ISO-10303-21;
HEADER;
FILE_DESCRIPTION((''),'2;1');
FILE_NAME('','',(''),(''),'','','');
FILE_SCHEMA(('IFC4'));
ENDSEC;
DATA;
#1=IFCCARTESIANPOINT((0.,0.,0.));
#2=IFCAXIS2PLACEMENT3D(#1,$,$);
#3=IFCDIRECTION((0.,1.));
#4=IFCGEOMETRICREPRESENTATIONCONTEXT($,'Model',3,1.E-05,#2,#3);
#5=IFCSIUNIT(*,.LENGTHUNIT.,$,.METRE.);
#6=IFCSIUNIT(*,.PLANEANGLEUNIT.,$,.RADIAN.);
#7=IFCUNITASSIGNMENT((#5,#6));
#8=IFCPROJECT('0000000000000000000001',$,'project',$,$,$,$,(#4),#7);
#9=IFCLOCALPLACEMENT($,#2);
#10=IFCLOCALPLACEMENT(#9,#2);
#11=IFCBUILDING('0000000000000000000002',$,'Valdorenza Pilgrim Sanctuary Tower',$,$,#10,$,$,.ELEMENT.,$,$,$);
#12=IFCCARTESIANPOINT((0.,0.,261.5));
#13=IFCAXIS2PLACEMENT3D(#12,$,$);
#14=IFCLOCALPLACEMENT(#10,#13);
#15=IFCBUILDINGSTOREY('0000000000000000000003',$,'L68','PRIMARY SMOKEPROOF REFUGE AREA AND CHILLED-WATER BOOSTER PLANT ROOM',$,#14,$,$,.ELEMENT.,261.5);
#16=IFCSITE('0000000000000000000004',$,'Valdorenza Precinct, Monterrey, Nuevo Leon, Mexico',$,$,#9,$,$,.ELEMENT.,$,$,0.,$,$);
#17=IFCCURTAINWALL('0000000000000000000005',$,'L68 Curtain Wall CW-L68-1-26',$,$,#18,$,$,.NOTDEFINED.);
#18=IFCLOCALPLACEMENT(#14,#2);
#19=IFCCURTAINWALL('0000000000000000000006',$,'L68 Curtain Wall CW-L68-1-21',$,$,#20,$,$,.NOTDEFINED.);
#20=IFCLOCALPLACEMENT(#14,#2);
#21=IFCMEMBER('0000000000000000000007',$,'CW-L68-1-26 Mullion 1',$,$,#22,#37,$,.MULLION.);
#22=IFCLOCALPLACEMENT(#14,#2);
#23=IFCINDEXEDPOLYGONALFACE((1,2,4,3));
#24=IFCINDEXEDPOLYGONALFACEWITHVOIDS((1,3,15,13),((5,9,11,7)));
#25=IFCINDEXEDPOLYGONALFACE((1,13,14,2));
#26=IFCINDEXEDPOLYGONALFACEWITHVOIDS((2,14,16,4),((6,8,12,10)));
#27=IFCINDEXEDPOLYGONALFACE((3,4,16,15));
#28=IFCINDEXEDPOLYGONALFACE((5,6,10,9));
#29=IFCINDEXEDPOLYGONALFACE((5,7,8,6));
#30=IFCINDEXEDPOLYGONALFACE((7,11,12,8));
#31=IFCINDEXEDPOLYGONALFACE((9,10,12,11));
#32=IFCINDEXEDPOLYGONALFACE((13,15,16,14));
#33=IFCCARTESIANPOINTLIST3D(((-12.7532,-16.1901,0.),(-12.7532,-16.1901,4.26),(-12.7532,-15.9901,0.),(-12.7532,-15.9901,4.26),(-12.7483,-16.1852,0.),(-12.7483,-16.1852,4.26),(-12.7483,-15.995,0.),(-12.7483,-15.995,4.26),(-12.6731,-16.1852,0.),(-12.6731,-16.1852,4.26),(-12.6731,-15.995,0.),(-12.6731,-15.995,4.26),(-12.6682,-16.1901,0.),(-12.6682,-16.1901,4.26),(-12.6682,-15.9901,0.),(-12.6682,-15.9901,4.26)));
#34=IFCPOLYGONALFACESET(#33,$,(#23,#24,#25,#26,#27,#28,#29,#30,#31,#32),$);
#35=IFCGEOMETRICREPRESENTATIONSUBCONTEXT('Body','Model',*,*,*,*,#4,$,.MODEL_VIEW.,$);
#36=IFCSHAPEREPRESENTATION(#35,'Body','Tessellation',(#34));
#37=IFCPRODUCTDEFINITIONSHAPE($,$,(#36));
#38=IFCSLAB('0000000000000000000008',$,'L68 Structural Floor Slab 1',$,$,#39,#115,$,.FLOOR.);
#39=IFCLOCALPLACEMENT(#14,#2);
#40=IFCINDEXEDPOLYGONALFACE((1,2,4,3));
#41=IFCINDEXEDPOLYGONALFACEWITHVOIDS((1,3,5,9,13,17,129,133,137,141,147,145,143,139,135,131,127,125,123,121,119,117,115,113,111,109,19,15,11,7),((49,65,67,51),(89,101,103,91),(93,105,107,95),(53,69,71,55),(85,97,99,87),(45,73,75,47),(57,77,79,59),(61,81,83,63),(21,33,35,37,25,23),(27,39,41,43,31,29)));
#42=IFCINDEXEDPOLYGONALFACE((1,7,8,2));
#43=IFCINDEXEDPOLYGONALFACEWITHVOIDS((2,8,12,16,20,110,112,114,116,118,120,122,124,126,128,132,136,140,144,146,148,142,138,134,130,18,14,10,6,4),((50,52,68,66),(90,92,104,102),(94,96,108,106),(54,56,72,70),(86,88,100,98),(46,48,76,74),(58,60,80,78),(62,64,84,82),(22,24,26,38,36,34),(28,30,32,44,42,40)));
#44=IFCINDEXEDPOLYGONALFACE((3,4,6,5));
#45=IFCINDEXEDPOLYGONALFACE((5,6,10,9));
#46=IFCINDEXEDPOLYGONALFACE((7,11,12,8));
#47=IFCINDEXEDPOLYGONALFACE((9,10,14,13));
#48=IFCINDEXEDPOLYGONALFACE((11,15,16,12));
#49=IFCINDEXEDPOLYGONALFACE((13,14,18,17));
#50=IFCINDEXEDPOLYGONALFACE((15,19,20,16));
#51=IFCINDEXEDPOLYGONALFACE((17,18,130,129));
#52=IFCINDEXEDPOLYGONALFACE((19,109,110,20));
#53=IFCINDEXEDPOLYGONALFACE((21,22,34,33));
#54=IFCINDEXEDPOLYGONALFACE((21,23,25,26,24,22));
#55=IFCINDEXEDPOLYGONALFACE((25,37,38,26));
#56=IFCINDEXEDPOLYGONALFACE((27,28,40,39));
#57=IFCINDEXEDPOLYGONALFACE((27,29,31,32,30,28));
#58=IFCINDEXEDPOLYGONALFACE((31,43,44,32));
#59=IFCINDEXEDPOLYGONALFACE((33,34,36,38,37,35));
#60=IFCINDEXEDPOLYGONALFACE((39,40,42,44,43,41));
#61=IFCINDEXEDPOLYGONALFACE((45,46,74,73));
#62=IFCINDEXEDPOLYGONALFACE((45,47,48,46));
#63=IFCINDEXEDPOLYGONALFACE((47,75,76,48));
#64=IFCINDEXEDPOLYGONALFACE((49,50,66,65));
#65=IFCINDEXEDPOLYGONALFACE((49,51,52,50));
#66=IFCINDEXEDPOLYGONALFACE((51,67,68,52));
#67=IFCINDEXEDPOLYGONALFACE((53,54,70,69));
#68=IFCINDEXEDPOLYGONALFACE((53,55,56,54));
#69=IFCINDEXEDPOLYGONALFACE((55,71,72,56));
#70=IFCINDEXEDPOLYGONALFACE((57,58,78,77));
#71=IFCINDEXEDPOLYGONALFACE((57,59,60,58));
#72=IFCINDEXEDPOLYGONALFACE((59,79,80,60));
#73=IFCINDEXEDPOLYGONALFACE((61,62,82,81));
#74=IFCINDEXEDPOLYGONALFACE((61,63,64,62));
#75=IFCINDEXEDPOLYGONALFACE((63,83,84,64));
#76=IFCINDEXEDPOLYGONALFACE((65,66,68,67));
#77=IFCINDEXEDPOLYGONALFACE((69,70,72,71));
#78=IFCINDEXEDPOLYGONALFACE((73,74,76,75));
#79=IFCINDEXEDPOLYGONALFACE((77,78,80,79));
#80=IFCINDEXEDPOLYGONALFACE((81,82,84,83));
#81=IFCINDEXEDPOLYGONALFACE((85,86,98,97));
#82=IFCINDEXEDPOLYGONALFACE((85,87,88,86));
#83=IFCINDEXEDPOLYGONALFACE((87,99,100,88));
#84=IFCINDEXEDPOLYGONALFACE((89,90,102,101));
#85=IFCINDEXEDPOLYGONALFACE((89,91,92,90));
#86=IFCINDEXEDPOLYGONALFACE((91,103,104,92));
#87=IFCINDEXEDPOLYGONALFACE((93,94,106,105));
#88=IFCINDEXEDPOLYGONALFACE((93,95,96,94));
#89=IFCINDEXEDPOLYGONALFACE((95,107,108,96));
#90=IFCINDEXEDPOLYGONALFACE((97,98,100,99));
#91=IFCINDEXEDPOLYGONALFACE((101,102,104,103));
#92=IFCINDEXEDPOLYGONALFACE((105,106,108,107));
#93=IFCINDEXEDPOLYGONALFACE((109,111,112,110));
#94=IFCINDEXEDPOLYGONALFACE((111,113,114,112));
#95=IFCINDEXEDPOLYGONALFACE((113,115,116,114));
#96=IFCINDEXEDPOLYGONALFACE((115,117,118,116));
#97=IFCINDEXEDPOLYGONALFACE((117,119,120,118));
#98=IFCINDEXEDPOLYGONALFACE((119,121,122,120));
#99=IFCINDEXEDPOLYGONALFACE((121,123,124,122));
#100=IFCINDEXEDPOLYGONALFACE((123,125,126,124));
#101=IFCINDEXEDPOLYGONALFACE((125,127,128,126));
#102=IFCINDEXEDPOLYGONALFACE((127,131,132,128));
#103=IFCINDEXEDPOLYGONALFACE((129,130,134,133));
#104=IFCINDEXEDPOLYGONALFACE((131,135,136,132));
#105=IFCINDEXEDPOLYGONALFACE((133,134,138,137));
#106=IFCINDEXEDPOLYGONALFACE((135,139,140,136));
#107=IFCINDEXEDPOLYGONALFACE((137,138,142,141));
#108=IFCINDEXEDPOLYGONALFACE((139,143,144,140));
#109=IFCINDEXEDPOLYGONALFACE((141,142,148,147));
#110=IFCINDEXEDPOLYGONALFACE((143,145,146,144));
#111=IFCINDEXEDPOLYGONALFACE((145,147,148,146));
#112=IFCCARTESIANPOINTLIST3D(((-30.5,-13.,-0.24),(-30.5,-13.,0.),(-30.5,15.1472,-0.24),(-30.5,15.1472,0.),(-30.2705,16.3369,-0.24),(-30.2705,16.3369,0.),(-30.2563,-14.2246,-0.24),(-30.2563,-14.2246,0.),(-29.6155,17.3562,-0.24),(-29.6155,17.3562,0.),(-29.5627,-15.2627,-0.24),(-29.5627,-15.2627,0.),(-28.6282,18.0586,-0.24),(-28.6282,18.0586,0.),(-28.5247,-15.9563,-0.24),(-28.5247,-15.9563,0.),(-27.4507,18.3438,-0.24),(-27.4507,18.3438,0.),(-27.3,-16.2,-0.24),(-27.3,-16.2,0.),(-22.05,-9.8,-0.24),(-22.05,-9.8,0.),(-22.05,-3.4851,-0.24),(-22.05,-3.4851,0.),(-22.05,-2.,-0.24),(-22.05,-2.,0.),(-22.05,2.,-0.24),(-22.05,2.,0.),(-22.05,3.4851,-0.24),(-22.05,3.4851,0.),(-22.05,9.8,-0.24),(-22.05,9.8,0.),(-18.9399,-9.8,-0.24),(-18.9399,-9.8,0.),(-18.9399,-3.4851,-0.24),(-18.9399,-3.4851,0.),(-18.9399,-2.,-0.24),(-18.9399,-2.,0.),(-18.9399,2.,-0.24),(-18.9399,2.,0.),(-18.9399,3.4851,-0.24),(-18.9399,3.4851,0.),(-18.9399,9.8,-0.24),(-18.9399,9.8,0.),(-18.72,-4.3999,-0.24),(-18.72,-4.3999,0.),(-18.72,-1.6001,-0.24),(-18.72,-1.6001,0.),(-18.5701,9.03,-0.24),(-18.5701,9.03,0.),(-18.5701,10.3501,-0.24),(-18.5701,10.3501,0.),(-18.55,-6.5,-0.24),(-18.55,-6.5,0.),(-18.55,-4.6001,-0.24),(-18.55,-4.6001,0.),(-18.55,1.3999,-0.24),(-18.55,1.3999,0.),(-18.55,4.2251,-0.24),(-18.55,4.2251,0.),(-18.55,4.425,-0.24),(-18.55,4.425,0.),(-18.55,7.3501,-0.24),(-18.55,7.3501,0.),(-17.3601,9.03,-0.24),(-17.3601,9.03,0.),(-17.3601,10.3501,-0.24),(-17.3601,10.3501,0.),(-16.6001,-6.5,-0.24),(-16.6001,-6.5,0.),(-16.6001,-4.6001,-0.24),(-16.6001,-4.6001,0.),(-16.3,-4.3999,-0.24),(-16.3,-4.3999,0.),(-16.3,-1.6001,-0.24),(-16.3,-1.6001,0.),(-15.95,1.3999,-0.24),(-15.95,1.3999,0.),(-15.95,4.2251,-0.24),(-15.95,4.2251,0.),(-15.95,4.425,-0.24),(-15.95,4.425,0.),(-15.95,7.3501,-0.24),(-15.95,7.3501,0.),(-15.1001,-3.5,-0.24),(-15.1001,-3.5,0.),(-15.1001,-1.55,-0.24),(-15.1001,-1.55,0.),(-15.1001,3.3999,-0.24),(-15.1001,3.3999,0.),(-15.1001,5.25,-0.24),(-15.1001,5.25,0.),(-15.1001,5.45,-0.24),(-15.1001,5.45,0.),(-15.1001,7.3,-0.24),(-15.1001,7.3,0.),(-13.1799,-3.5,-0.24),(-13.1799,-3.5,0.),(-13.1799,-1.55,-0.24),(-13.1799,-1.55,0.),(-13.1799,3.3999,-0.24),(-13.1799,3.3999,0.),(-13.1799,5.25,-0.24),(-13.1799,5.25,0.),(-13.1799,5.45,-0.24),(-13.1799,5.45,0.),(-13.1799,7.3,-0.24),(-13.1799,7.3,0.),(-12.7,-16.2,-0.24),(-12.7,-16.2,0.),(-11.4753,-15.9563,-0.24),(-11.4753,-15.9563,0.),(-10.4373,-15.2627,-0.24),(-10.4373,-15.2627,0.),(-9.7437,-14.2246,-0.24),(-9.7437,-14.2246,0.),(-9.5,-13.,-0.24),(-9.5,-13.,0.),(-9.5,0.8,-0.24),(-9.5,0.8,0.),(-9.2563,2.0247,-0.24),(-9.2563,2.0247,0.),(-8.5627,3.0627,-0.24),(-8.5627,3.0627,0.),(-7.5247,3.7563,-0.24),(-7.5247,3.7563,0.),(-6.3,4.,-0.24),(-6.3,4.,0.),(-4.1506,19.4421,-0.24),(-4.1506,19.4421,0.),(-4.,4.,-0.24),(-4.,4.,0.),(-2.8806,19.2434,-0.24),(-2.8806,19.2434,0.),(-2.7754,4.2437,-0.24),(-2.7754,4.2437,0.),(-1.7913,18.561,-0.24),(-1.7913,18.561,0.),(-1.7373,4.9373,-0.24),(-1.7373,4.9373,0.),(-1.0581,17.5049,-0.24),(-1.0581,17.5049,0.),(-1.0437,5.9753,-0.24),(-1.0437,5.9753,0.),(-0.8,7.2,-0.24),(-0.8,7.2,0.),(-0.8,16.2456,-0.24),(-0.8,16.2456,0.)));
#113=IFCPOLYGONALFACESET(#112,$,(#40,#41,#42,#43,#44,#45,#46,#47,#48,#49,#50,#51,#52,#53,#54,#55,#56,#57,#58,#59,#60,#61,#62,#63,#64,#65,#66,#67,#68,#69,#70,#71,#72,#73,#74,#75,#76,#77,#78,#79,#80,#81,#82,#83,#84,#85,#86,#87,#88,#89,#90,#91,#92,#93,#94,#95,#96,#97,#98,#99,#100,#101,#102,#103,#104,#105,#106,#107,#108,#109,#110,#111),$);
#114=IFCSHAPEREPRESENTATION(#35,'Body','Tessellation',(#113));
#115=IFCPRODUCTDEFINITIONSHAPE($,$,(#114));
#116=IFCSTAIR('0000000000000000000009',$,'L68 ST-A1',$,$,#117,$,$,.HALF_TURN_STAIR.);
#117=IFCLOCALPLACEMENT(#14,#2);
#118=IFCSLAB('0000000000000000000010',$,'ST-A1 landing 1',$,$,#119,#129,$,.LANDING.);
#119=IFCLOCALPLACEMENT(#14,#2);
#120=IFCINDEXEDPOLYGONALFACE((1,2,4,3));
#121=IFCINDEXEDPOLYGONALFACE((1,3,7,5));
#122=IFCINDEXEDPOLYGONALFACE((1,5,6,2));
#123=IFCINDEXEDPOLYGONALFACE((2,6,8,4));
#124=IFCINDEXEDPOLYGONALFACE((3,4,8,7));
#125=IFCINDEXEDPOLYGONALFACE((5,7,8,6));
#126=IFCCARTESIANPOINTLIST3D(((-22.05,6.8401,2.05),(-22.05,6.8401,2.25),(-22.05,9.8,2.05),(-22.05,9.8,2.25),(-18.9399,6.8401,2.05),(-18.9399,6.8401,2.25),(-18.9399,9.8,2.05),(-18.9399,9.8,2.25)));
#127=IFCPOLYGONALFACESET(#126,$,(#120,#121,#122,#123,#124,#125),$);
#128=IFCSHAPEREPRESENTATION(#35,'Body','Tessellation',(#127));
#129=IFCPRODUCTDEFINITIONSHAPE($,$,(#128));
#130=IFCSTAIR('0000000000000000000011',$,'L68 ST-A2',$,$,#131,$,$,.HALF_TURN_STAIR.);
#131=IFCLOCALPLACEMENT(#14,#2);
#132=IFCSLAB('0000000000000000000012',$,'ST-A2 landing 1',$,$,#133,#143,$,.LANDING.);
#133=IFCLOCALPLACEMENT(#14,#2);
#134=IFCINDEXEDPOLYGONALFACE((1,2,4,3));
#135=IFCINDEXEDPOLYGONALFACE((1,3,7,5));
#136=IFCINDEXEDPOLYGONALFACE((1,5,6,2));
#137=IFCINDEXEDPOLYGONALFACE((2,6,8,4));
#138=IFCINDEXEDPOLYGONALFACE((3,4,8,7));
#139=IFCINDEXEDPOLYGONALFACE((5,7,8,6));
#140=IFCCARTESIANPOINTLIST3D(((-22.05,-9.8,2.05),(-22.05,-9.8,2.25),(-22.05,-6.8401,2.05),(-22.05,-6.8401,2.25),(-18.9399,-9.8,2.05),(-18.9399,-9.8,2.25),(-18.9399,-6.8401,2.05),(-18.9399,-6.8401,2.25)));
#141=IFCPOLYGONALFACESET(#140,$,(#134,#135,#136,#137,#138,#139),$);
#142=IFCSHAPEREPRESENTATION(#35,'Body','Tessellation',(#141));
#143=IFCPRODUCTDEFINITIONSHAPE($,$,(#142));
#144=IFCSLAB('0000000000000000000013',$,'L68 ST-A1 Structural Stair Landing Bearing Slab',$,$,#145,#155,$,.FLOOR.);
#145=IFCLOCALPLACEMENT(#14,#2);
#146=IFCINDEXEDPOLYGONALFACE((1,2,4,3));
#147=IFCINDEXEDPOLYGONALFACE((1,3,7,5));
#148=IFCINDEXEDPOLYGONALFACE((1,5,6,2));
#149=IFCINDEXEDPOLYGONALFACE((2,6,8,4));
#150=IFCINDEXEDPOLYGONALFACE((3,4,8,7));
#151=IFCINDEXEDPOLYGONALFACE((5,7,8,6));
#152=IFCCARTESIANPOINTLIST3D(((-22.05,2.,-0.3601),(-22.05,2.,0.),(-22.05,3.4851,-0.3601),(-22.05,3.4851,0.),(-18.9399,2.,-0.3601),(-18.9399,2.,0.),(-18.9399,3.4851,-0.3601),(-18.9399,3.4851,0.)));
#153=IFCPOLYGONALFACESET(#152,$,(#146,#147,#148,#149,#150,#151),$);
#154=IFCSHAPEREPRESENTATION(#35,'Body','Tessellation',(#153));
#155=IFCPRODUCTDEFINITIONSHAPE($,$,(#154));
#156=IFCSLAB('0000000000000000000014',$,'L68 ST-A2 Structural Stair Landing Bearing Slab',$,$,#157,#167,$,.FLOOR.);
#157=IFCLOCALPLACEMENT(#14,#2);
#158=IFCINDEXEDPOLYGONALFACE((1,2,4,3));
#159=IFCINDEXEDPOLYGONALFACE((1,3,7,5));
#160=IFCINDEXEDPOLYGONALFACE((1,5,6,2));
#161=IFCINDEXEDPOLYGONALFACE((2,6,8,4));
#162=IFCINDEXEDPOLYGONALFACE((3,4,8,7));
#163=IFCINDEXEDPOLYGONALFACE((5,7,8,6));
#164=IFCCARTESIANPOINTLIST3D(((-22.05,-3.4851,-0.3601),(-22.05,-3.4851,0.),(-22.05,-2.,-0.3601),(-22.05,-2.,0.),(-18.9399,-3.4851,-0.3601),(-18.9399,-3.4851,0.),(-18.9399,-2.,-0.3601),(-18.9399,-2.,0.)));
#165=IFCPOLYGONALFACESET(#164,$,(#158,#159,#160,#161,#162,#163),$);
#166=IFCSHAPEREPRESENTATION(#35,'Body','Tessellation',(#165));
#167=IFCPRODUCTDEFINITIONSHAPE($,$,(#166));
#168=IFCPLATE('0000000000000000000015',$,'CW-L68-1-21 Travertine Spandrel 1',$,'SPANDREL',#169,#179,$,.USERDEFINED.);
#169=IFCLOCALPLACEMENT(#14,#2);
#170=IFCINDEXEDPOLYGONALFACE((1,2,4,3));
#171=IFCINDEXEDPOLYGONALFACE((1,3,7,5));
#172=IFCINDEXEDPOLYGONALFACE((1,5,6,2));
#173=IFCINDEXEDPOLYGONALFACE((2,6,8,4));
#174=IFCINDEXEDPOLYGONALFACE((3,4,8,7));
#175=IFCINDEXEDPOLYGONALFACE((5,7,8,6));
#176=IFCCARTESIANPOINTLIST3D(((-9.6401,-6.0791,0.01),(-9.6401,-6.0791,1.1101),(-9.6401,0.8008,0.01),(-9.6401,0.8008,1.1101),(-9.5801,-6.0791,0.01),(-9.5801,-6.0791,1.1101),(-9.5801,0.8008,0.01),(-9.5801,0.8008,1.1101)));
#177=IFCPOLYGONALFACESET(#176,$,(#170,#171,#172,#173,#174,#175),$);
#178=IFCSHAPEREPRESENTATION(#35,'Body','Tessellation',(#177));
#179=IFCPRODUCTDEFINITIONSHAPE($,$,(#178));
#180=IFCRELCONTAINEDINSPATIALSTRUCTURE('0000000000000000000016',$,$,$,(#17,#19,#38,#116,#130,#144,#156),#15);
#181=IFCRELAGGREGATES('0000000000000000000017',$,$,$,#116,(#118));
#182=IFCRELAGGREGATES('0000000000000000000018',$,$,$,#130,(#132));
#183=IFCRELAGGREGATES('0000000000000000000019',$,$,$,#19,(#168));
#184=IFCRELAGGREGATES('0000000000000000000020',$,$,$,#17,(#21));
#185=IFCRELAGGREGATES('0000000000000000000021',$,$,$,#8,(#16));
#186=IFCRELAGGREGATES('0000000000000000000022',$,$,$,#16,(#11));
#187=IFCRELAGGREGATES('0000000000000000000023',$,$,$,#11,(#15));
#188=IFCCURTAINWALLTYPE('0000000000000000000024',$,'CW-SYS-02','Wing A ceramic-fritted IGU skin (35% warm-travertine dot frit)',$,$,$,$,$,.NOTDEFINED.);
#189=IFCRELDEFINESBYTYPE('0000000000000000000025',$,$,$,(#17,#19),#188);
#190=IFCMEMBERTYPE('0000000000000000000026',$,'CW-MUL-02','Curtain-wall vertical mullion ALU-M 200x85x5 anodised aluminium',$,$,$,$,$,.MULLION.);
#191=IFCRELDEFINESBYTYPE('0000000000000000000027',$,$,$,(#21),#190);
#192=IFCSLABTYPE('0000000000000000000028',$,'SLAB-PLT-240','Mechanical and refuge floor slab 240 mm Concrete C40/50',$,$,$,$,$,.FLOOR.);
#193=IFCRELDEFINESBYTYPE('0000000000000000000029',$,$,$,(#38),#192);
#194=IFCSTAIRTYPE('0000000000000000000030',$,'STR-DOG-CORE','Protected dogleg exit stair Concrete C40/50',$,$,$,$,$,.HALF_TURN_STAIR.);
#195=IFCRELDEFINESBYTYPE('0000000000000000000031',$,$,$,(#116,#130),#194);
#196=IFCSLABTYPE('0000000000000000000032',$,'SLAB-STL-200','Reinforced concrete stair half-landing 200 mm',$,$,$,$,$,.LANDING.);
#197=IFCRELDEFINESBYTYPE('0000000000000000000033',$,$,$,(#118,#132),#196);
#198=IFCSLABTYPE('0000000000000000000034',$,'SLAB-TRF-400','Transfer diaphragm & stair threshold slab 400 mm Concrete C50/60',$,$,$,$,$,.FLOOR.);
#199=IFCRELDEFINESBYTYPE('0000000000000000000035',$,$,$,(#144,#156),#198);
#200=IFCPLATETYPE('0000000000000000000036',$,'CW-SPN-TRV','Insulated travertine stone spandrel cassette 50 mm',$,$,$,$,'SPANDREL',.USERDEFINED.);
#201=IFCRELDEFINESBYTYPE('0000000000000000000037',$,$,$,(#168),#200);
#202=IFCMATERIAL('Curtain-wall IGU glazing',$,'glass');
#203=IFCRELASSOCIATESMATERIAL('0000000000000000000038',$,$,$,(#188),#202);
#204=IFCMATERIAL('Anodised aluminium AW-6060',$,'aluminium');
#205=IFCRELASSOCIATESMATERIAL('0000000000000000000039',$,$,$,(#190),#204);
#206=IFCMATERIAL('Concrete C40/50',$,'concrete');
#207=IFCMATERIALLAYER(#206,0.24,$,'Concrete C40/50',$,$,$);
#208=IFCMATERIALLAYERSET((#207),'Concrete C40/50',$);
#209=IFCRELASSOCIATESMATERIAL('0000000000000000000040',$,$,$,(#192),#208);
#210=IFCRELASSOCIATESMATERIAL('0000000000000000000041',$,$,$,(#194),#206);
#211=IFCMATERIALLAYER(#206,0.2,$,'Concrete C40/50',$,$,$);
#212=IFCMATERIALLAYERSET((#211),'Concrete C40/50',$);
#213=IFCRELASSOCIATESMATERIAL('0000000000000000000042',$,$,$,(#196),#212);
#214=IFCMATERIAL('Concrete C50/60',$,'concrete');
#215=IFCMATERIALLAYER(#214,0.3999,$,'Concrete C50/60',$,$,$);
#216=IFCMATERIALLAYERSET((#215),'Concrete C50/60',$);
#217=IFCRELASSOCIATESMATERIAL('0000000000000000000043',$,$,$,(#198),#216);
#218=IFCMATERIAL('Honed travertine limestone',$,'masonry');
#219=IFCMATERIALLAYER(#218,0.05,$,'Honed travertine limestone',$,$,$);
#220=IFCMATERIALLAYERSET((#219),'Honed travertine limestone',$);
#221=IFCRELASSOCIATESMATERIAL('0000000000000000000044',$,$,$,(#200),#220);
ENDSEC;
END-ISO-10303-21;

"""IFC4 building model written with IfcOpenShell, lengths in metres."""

from ifc_helpers import new_model, si_unit, direction, frame, origin, origin_2d, place, context, subcontext, project, spatial, polyline, rectangle, hollow_rectangle, outline, extrude, source, transform, mapped, material, layer, layer_set, material_profile, profile_set, type_object, element, aggregate, save


model = new_model("IFC4")

# Units and contexts
model_context = context("Model", 3, precision=1e-05, world=origin(), true_north=direction((0.0, 1.0)))
body_context = subcontext(model_context, "Body", "Model", "MODEL_VIEW")
ifc_project = project(units=[si_unit("LENGTHUNIT", "METRE"), si_unit("PLANEANGLEUNIT", "RADIAN")], contexts=[model_context])

# Site, building, storey
site_placement = place(None, origin())
site = spatial("IfcSite", under=ifc_project, at=site_placement, Name="Valdorenza Precinct, Monterrey, Nuevo Leon, Mexico", CompositionType="ELEMENT", RefElevation=0.0)
building_placement = place(site_placement, origin())
building = spatial("IfcBuilding", under=site, at=building_placement, Name="Valdorenza Pilgrim Sanctuary Tower", CompositionType="ELEMENT")
storey_placement = place(building_placement, frame((0.0, 0.0, 261.5)))
storey = spatial("IfcBuildingStorey", under=building, at=storey_placement, Name="L68", Description="PRIMARY SMOKEPROOF REFUGE AREA AND CHILLED-WATER BOOSTER PLANT ROOM", CompositionType="ELEMENT", Elevation=261.5)

# Shared definitions
ifc_material_1 = material(Name="Concrete C50/60", Category="concrete")

# Curtain wall
ifc_material_2 = material(Name="Curtain-wall IGU glazing", Category="glass")
curtain_wall_type = type_object("IfcCurtainWallType", Name="CW-SYS-02", Description="Wing A ceramic-fritted IGU skin (35% warm-travertine dot frit)", PredefinedType="NOTDEFINED", material=ifc_material_2)
curtain_wall_1_placement = place(storey_placement, origin())
curtain_wall_1 = element("IfcCurtainWall", 1, at=curtain_wall_1_placement, inside=storey, type_object=curtain_wall_type, Name="L68 Curtain Wall CW-L68-1-26", PredefinedType="NOTDEFINED")
ifc_material_3 = material(Name="Anodised aluminium AW-6060", Category="aluminium")

# Curtain wall
curtain_wall_2_placement = place(storey_placement, origin())
curtain_wall_2 = element("IfcCurtainWall", 2, at=curtain_wall_2_placement, inside=storey, type_object=curtain_wall_type, Name="L68 Curtain Wall CW-L68-1-21", PredefinedType="NOTDEFINED")
ifc_material_profile_1 = material_profile(ifc_material_3, hollow_rectangle(XDim=0.085, YDim=0.2, WallThickness=0.0049, at=origin_2d()), Name="ALU-M 200x85x5")
ifc_profile_set_1 = profile_set([ifc_material_profile_1], Name="Anodised aluminium AW-6060")
member_type_1 = type_object("IfcMemberType", Name="CW-MUL-02", Description="Curtain-wall vertical mullion ALU-M 200x85x5 anodised aluminium", PredefinedType="MULLION", material=ifc_profile_set_1)
shared_shape_1 = source(origin(), body_context, "Body", "SweptSolid", [
    extrude(hollow_rectangle(XDim=0.085, YDim=0.2, WallThickness=0.0049, at=origin_2d()), origin(), (0.0, 0.0, 1.0), 4.26),
])

# Member
member_1_placement = place(storey_placement, frame((-12.7107, -16.0901, 0.0), z_axis=(0.0, 0.0, 1.0), x_axis=(-1.0, 0.0, 0.0)))
member_1 = element("IfcMember", 3, at=member_1_placement, type_object=member_type_1, Name="CW-L68-1-26 Mullion 1", PredefinedType="MULLION", context=body_context, shape_type="MappedRepresentation", body=[
    mapped(shared_shape_1, transform((0.0, 0.0, 0.0), x_axis=(1.0, 0.0, 0.0), y_axis=(0.0, 1.0, 0.0), z_axis=(0.0, 0.0, 1.0), scale=1.0)),
])

# Slab
ifc_material_4 = material(Name="Concrete C40/50", Category="concrete")
ifc_layer_1 = layer(ifc_material_4, 0.24, Name="Concrete C40/50")
ifc_layer_set_1 = layer_set([ifc_layer_1], Name="Concrete C40/50")
slab_type_1 = type_object("IfcSlabType", Name="SLAB-PLT-240", Description="Mechanical and refuge floor slab 240 mm Concrete C40/50", PredefinedType="FLOOR", material=ifc_layer_set_1)
slab_1_placement = place(storey_placement, frame((0.0, 0.0, -0.24)))
element("IfcSlab", 4, at=slab_1_placement, inside=storey, type_object=slab_type_1, Name="L68 Structural Floor Slab 1", PredefinedType="FLOOR", context=body_context, shape_type="SweptSolid", body=[
    extrude(outline(polyline([(-30.5, 15.1472), (-30.2705, 16.3369), (-29.6155, 17.3562), (-28.6282, 18.0586), (-27.4507, 18.3438), (-4.1506, 19.4421), (-2.8806, 19.2434), (-1.7913, 18.561), (-1.0581, 17.5049), (-0.8, 16.2456), (-0.8, 7.2), (-1.0437, 5.9753), (-1.7373, 4.9373), (-2.7754, 4.2437), (-4.0, 4.0), (-6.3, 4.0), (-7.5247, 3.7563), (-8.5627, 3.0627), (-9.2563, 2.0247), (-9.5, 0.8), (-9.5, -13.0), (-9.7437, -14.2246), (-10.4373, -15.2627), (-11.4753, -15.9563), (-12.7, -16.2), (-27.3, -16.2), (-28.5247, -15.9563), (-29.5627, -15.2627), (-30.2563, -14.2246), (-30.5, -13.0), (-30.5, 15.1472)]), holes=[polyline([(-22.05, -9.8), (-18.9399, -9.8), (-18.9399, -3.4851), (-18.9399, -2.0), (-22.05, -2.0), (-22.05, -3.4851), (-22.05, -9.8)]), polyline([(-16.6001, -6.5), (-16.6001, -4.6001), (-18.55, -4.6001), (-18.55, -6.5), (-16.6001, -6.5)]), polyline([(-22.05, 2.0), (-18.9399, 2.0), (-18.9399, 3.4851), (-18.9399, 9.8), (-22.05, 9.8), (-22.05, 3.4851), (-22.05, 2.0)]), polyline([(-17.3601, 9.03), (-17.3601, 10.3501), (-18.5701, 10.3501), (-18.5701, 9.03), (-17.3601, 9.03)]), polyline([(-16.3, -1.6001), (-18.72, -1.6001), (-18.72, -4.3999), (-16.3, -4.3999), (-16.3, -1.6001)]), polyline([(-13.1799, -3.5), (-13.1799, -1.55), (-15.1001, -1.55), (-15.1001, -3.5), (-13.1799, -3.5)]), polyline([(-15.95, 1.3999), (-15.95, 4.2251), (-18.55, 4.2251), (-18.55, 1.3999), (-15.95, 1.3999)]), polyline([(-13.1799, 5.25), (-15.1001, 5.25), (-15.1001, 3.3999), (-13.1799, 3.3999), (-13.1799, 5.25)]), polyline([(-15.95, 4.425), (-15.95, 7.3501), (-18.55, 7.3501), (-18.55, 4.425), (-15.95, 4.425)]), polyline([(-13.1799, 5.45), (-13.1799, 7.3), (-15.1001, 7.3), (-15.1001, 5.45), (-13.1799, 5.45)])]), origin(), (0.0, 0.0, 1.0), 0.24),
])

# Stairs, slabs
stair_type = type_object("IfcStairType", Name="STR-DOG-CORE", Description="Protected dogleg exit stair Concrete C40/50", PredefinedType="HALF_TURN_STAIR", material=ifc_material_4)
stair_1_placement = place(storey_placement, origin())
stair_1 = element("IfcStair", 5, at=stair_1_placement, inside=storey, type_object=stair_type, Name="L68 ST-A1", PredefinedType="HALF_TURN_STAIR")
ifc_layer_2 = layer(ifc_material_4, 0.2, Name="Concrete C40/50")
ifc_layer_set_2 = layer_set([ifc_layer_2], Name="Concrete C40/50")
slab_type_2 = type_object("IfcSlabType", Name="SLAB-STL-200", Description="Reinforced concrete stair half-landing 200 mm", PredefinedType="LANDING", material=ifc_layer_set_2)
slab_2_placement = place(storey_placement, frame((0.0, 0.0, 2.05)))
slab_2 = element("IfcSlab", 6, at=slab_2_placement, type_object=slab_type_2, Name="ST-A1 landing 1", PredefinedType="LANDING", context=body_context, shape_type="SweptSolid", body=[
    extrude(outline(polyline([(-18.9399, 6.8401), (-18.9399, 9.8), (-22.05, 9.8), (-22.05, 6.8401), (-18.9399, 6.8401)])), origin(), (0.0, 0.0, 1.0), 0.2),
])
aggregate(stair_1, [slab_2])
stair_2_placement = place(storey_placement, origin())
stair_2 = element("IfcStair", 7, at=stair_2_placement, inside=storey, type_object=stair_type, Name="L68 ST-A2", PredefinedType="HALF_TURN_STAIR")
slab_3_placement = place(storey_placement, frame((0.0, 0.0, 2.05)))
slab_3 = element("IfcSlab", 8, at=slab_3_placement, type_object=slab_type_2, Name="ST-A2 landing 1", PredefinedType="LANDING", context=body_context, shape_type="SweptSolid", body=[
    extrude(outline(polyline([(-22.05, -6.8401), (-22.05, -9.8), (-18.9399, -9.8), (-18.9399, -6.8401), (-22.05, -6.8401)])), origin(), (0.0, 0.0, 1.0), 0.2),
])
aggregate(stair_2, [slab_3])

# Slabs
ifc_layer_3 = layer(ifc_material_1, 0.3999, Name="Concrete C50/60")
ifc_layer_set_3 = layer_set([ifc_layer_3], Name="Concrete C50/60")
slab_type_3 = type_object("IfcSlabType", Name="SLAB-TRF-400", Description="Transfer diaphragm & stair threshold slab 400 mm Concrete C50/60", PredefinedType="FLOOR", material=ifc_layer_set_3)
slab_4_placement = place(storey_placement, frame((0.0, 0.0, -0.3601)))
element("IfcSlab", 9, at=slab_4_placement, inside=storey, type_object=slab_type_3, Name="L68 ST-A1 Structural Stair Landing Bearing Slab", PredefinedType="FLOOR", context=body_context, shape_type="SweptSolid", body=[
    extrude(outline(polyline([(-22.05, 2.0), (-18.9399, 2.0), (-18.9399, 3.4851), (-22.05, 3.4851), (-22.05, 2.0)])), origin(), (0.0, 0.0, 1.0), 0.3601),
])
slab_5_placement = place(storey_placement, frame((0.0, 0.0, -0.3601)))
element("IfcSlab", 10, at=slab_5_placement, inside=storey, type_object=slab_type_3, Name="L68 ST-A2 Structural Stair Landing Bearing Slab", PredefinedType="FLOOR", context=body_context, shape_type="SweptSolid", body=[
    extrude(outline(polyline([(-22.05, -3.4851), (-18.9399, -3.4851), (-18.9399, -2.0), (-22.05, -2.0), (-22.05, -3.4851)])), origin(), (0.0, 0.0, 1.0), 0.3601),
])

# Plate
ifc_material_5 = material(Name="Honed travertine limestone", Category="masonry")
ifc_layer_4 = layer(ifc_material_5, 0.05, Name="Honed travertine limestone")
ifc_layer_set_4 = layer_set([ifc_layer_4], Name="Honed travertine limestone")
plate_type_1 = type_object("IfcPlateType", Name="CW-SPN-TRV", Description="Insulated travertine stone spandrel cassette 50 mm", ElementType="SPANDREL", PredefinedType="USERDEFINED", material=ifc_layer_set_4)
shared_shape_2 = source(origin(), body_context, "Body", "SweptSolid", [
    extrude(rectangle(XDim=6.8799, YDim=0.0601, at=origin_2d()), origin(), (0.0, 0.0, 1.0), 1.1001),
])
plate_1_placement = place(storey_placement, frame((-9.6101, -2.6392, 0.01), z_axis=(0.0, 0.0, 1.0), x_axis=(0.0, -1.0, 0.0)))
plate_1 = element("IfcPlate", 11, at=plate_1_placement, type_object=plate_type_1, Name="CW-L68-1-21 Travertine Spandrel 1", ObjectType="SPANDREL", PredefinedType="USERDEFINED", context=body_context, shape_type="MappedRepresentation", body=[
    mapped(shared_shape_2, transform((0.0, 0.0, 0.0), x_axis=(1.0, 0.0, 0.0), y_axis=(0.0, 1.0, 0.0), z_axis=(0.0, 0.0, 1.0), scale=1.0)),
])
aggregate(curtain_wall_2, [plate_1])
aggregate(curtain_wall_1, [member_1])

save(model, "model.ifc")
